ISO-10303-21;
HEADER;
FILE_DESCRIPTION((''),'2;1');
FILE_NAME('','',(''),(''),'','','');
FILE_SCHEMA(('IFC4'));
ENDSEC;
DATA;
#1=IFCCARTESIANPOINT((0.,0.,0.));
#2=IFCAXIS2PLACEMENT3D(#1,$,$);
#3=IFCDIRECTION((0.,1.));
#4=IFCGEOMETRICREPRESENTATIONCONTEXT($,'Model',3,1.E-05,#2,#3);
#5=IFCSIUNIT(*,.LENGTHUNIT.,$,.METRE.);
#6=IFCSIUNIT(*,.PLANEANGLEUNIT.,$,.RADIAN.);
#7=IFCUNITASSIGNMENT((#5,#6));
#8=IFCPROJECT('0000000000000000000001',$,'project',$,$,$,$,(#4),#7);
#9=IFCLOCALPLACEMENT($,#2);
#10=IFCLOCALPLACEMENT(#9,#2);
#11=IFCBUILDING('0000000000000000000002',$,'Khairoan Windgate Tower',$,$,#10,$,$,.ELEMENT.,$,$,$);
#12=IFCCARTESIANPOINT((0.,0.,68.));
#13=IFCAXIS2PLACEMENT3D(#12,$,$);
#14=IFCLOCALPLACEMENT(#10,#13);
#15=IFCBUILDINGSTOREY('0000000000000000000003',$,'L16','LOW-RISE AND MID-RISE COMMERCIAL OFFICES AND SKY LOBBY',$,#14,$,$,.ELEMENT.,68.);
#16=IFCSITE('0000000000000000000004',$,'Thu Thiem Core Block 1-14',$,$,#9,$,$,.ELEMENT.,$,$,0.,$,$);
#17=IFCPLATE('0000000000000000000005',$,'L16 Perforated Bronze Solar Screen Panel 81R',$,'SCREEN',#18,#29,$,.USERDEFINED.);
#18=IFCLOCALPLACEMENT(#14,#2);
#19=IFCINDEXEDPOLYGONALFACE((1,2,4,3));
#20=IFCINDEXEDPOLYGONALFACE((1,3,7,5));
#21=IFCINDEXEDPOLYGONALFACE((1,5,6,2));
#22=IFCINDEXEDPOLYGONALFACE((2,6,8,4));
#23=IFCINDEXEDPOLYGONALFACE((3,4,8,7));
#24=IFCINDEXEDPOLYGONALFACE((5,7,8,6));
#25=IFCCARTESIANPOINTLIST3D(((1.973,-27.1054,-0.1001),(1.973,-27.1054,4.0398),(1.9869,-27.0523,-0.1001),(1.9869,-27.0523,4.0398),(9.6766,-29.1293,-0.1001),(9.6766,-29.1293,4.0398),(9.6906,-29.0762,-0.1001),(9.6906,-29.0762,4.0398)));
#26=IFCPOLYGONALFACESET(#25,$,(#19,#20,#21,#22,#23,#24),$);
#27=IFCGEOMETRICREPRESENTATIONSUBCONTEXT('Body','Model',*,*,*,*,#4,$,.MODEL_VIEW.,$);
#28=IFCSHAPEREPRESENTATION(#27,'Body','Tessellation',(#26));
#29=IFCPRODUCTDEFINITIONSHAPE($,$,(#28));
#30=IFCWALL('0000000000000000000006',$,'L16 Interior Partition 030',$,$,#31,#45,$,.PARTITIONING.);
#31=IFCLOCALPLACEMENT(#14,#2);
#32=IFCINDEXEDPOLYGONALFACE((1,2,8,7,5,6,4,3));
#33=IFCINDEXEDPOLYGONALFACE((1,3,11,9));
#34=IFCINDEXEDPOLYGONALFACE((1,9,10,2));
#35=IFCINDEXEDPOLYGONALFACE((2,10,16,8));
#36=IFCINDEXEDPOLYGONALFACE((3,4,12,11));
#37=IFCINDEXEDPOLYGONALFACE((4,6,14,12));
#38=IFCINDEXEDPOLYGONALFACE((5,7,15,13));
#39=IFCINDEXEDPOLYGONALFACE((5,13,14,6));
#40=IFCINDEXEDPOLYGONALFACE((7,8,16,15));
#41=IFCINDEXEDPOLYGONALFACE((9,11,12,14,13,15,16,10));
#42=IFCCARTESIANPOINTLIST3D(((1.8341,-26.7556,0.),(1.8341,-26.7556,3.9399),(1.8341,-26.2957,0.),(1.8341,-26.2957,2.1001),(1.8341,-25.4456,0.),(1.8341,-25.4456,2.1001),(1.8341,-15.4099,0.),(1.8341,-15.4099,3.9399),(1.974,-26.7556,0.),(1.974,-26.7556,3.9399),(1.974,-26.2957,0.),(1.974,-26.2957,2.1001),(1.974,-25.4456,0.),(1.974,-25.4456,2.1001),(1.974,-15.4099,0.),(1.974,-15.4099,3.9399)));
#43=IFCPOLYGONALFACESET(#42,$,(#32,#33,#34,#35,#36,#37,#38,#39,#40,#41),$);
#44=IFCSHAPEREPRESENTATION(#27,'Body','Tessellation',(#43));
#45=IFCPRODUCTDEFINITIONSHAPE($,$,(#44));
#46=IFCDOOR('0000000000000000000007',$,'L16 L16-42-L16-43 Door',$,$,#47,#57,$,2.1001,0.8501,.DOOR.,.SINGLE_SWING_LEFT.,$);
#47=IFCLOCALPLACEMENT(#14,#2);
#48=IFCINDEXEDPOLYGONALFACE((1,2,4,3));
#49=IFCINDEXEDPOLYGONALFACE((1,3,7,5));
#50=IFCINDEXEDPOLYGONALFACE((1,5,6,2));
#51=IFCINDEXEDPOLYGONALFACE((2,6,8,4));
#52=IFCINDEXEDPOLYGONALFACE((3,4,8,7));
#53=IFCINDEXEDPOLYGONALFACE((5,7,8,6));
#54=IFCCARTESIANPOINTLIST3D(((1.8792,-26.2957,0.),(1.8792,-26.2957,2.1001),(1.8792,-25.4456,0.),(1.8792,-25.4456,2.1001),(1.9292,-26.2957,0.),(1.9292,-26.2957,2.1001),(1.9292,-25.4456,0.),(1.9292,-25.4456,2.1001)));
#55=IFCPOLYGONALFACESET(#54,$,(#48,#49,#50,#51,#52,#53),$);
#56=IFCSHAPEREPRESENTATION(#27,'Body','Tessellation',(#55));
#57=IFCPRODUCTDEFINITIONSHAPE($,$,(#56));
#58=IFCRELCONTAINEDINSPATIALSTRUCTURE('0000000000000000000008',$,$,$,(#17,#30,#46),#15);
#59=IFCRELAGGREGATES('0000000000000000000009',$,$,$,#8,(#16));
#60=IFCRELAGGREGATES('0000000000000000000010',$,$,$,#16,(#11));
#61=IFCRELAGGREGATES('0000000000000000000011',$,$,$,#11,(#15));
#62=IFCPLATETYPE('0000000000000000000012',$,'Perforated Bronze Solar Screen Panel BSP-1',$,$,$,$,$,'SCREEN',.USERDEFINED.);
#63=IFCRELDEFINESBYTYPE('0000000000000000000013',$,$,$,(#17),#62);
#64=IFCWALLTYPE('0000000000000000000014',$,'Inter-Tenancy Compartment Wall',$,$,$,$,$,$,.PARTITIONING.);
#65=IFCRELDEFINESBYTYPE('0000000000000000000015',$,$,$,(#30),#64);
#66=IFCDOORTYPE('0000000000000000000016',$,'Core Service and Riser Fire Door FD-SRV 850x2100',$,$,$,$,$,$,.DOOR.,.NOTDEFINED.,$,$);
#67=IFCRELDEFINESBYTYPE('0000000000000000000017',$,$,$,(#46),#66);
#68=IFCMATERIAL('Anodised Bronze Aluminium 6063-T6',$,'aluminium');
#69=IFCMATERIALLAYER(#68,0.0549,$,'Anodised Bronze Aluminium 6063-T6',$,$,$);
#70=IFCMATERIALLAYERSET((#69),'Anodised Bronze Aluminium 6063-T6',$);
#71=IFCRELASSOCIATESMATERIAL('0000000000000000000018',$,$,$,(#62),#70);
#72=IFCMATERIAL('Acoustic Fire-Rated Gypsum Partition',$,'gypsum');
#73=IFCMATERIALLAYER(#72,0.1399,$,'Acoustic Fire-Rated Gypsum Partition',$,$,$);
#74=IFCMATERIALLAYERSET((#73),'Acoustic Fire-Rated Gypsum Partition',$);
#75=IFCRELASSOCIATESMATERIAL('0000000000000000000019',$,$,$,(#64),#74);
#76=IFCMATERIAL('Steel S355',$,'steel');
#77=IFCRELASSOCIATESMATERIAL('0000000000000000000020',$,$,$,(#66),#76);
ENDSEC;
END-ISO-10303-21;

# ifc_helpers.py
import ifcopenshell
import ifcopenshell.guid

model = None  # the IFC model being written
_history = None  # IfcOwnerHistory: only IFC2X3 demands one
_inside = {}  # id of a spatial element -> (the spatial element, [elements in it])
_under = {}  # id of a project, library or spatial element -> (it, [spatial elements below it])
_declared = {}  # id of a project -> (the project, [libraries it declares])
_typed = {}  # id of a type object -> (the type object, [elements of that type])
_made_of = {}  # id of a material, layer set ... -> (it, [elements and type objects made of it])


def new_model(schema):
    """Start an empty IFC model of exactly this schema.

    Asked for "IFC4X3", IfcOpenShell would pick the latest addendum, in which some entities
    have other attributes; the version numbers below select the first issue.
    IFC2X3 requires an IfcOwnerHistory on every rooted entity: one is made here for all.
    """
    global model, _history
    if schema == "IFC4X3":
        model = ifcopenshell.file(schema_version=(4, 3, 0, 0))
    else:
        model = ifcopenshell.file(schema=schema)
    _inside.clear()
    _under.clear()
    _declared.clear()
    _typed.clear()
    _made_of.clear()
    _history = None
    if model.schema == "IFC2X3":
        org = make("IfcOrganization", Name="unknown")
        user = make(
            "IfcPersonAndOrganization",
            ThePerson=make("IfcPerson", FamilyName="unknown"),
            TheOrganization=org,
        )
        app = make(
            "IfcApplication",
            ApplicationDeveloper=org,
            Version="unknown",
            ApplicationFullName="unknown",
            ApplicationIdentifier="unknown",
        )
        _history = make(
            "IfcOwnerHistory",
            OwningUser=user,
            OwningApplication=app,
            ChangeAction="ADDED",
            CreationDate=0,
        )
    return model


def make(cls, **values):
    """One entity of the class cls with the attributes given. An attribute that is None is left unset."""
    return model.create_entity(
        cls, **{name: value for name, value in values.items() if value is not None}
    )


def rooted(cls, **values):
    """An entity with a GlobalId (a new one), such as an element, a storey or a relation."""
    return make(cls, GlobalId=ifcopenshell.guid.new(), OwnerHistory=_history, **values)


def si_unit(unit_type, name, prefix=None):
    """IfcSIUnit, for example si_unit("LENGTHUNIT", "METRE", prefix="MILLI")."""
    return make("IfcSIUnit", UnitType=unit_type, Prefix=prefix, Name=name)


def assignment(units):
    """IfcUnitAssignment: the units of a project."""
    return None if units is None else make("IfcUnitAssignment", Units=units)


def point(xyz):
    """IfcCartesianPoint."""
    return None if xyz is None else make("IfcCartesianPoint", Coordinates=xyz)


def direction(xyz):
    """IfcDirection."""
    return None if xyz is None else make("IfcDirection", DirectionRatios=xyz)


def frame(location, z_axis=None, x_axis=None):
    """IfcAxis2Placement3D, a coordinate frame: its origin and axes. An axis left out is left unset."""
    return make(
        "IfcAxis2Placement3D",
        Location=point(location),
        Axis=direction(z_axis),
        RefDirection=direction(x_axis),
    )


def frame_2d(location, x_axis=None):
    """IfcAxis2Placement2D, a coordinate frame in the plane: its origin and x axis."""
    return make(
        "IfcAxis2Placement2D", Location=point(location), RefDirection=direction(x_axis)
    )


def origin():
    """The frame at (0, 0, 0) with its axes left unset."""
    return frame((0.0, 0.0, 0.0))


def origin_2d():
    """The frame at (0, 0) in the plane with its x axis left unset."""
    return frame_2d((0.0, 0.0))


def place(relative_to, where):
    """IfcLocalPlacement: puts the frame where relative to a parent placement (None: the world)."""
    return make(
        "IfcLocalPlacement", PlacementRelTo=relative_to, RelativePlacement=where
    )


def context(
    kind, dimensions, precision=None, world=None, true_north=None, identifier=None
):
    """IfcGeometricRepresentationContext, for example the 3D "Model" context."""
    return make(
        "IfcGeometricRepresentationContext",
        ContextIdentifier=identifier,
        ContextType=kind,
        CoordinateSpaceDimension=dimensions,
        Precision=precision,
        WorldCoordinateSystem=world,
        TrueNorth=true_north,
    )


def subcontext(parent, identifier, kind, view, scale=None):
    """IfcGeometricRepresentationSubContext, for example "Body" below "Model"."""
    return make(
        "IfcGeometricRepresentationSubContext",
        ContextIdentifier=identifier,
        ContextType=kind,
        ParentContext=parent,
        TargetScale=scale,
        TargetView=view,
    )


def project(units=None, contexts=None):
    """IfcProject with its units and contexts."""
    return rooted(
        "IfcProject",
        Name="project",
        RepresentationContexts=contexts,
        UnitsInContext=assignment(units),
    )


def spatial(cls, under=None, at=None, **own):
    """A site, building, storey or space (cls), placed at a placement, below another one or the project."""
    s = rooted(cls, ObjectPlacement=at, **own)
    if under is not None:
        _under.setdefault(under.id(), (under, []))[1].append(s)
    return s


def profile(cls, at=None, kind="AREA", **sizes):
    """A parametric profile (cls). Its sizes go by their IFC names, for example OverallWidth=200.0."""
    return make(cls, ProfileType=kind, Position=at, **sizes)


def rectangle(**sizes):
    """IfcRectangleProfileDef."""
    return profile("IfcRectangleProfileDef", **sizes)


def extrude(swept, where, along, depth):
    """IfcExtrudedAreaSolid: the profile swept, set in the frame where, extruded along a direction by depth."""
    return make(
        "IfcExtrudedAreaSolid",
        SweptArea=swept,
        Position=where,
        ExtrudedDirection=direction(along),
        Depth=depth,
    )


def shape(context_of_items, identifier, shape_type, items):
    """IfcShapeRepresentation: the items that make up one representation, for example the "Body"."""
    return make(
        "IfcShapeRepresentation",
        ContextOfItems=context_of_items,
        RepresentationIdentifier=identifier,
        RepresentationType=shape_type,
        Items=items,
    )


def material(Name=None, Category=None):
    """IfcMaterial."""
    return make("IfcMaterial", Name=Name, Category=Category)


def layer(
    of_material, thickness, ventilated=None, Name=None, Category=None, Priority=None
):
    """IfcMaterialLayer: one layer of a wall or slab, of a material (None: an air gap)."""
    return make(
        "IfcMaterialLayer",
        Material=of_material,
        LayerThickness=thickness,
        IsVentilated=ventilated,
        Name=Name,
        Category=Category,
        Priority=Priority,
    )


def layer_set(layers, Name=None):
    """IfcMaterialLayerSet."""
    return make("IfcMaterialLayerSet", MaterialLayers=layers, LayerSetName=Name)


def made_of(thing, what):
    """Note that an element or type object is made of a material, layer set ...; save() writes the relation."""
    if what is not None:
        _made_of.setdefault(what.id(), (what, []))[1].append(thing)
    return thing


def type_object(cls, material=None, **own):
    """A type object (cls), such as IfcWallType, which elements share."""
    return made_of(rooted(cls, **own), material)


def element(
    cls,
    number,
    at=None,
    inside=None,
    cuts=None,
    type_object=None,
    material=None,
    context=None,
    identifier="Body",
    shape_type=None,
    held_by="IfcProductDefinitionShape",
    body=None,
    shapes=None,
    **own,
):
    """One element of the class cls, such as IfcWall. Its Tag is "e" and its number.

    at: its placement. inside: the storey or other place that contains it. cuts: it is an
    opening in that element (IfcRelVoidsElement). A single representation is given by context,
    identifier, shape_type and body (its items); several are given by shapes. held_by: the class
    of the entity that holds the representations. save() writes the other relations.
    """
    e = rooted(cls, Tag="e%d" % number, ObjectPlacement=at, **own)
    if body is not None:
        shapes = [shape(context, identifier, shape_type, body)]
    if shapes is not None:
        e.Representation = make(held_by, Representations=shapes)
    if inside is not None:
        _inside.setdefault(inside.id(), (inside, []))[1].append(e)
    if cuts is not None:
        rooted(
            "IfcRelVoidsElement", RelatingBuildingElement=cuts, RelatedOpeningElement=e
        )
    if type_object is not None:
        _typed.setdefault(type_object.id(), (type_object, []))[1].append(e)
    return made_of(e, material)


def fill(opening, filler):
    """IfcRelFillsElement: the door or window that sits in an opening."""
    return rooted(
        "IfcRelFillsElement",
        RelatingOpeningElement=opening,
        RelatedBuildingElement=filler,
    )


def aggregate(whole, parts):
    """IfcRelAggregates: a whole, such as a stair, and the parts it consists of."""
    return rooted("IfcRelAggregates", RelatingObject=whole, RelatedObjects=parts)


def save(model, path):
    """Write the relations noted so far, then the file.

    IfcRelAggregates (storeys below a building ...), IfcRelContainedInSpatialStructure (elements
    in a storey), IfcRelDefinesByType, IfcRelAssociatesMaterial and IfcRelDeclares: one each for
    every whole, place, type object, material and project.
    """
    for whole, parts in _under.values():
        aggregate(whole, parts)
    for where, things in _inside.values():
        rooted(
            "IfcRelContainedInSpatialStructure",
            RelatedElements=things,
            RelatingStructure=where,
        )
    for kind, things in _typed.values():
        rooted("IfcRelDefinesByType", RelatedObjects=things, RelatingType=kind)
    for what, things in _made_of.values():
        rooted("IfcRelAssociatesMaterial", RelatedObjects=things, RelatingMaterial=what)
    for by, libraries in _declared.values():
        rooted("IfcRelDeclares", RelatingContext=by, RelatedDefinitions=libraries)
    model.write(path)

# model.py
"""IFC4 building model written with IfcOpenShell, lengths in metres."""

from ifc_helpers import new_model, si_unit, direction, frame, frame_2d, origin, origin_2d, place, context, subcontext, project, spatial, rectangle, extrude, material, layer, layer_set, type_object, element, fill, save


model = new_model("IFC4")

# Units and contexts
model_context = context("Model", 3, precision=1e-05, world=origin(), true_north=direction((0.0, 1.0)))
body_context = subcontext(model_context, "Body", "Model", "MODEL_VIEW")
ifc_project = project(units=[si_unit("LENGTHUNIT", "METRE"), si_unit("PLANEANGLEUNIT", "RADIAN")], contexts=[model_context])

# Site, building, storey
site_placement = place(None, origin())
site = spatial("IfcSite", under=ifc_project, at=site_placement, Name="Thu Thiem Core Block 1-14", CompositionType="ELEMENT", RefElevation=0.0)
building_placement = place(site_placement, origin())
building = spatial("IfcBuilding", under=site, at=building_placement, Name="Khairoan Windgate Tower", CompositionType="ELEMENT")
storey_placement = place(building_placement, frame((0.0, 0.0, 68.0)))
storey = spatial("IfcBuildingStorey", under=building, at=storey_placement, Name="L16", Description="LOW-RISE AND MID-RISE COMMERCIAL OFFICES AND SKY LOBBY", CompositionType="ELEMENT", Elevation=68.0)

# Plate
ifc_material_1 = material(Name="Anodised Bronze Aluminium 6063-T6", Category="aluminium")
ifc_layer_1 = layer(ifc_material_1, 0.0549, Name="Anodised Bronze Aluminium 6063-T6")
ifc_layer_set_1 = layer_set([ifc_layer_1], Name="Anodised Bronze Aluminium 6063-T6")
plate_type = type_object("IfcPlateType", Name="Perforated Bronze Solar Screen Panel BSP-1", ElementType="SCREEN", PredefinedType="USERDEFINED", material=ifc_layer_set_1)
plate_placement = place(storey_placement, frame((5.8318, -28.0908, -0.1001), z_axis=(0.0, 0.0, 1.0), x_axis=(-0.967179, 0.254096, 0.0)))
element("IfcPlate", 1, at=plate_placement, inside=storey, type_object=plate_type, Name="L16 Perforated Bronze Solar Screen Panel 81R", ObjectType="SCREEN", PredefinedType="USERDEFINED", context=body_context, shape_type="SweptSolid", body=[
    extrude(rectangle(XDim=7.9651, YDim=0.0549, at=origin_2d()), origin(), (0.0, 0.0, 1.0), 4.1399),
])

# Wall, opening, door
ifc_material_2 = material(Name="Acoustic Fire-Rated Gypsum Partition", Category="gypsum")
ifc_layer_2 = layer(ifc_material_2, 0.1399, Name="Acoustic Fire-Rated Gypsum Partition")
ifc_layer_set_2 = layer_set([ifc_layer_2], Name="Acoustic Fire-Rated Gypsum Partition")
wall_type_1 = type_object("IfcWallType", Name="Inter-Tenancy Compartment Wall", PredefinedType="PARTITIONING", material=ifc_layer_set_2)
wall_1_placement = place(storey_placement, frame((1.9041, -26.7556, 0.0), z_axis=(0.0, 0.0, 1.0), x_axis=(0.0, 1.0, 0.0)))
wall_1 = element("IfcWall", 2, at=wall_1_placement, inside=storey, type_object=wall_type_1, Name="L16 Interior Partition 030", PredefinedType="PARTITIONING", context=body_context, shape_type="SweptSolid", body=[
    extrude(rectangle(XDim=11.3457, YDim=0.1399, at=frame_2d((5.6729, 0.0))), origin(), (0.0, 0.0, 1.0), 3.9399),
])
opening_1_placement = place(wall_1_placement, frame((0.46, 0.0, 0.0)))
opening_1 = element("IfcOpeningElement", 3, at=opening_1_placement, cuts=wall_1, PredefinedType="OPENING", context=body_context, shape_type="SweptSolid", body=[
    extrude(rectangle(XDim=0.8501, YDim=2.1001, at=frame_2d((0.425, 1.05))), frame((0.0, 0.0798, 0.0), z_axis=(0.0, -1.0, 0.0), x_axis=(1.0, 0.0, 0.0)), (0.0, 0.0, 1.0), 0.1599),
])
ifc_material_3 = material(Name="Steel S355", Category="steel")
door_type_1 = type_object("IfcDoorType", Name="Core Service and Riser Fire Door FD-SRV 850x2100", OperationType="NOTDEFINED", PredefinedType="DOOR", material=ifc_material_3)
door_1_placement = place(opening_1_placement, origin())
door_1 = element("IfcDoor", 4, at=door_1_placement, inside=storey, type_object=door_type_1, Name="L16 L16-42-L16-43 Door", OperationType="SINGLE_SWING_LEFT", OverallHeight=2.1001, OverallWidth=0.8501, PredefinedType="DOOR", context=body_context, shape_type="SweptSolid", body=[
    extrude(rectangle(XDim=0.8501, YDim=2.1001, at=frame_2d((0.425, 1.05))), frame((0.0, 0.0249, 0.0), z_axis=(0.0, -1.0, 0.0), x_axis=(1.0, 0.0, 0.0)), (0.0, 0.0, 1.0), 0.05),
])
fill(opening_1, door_1)

save(model, "model.ifc")
